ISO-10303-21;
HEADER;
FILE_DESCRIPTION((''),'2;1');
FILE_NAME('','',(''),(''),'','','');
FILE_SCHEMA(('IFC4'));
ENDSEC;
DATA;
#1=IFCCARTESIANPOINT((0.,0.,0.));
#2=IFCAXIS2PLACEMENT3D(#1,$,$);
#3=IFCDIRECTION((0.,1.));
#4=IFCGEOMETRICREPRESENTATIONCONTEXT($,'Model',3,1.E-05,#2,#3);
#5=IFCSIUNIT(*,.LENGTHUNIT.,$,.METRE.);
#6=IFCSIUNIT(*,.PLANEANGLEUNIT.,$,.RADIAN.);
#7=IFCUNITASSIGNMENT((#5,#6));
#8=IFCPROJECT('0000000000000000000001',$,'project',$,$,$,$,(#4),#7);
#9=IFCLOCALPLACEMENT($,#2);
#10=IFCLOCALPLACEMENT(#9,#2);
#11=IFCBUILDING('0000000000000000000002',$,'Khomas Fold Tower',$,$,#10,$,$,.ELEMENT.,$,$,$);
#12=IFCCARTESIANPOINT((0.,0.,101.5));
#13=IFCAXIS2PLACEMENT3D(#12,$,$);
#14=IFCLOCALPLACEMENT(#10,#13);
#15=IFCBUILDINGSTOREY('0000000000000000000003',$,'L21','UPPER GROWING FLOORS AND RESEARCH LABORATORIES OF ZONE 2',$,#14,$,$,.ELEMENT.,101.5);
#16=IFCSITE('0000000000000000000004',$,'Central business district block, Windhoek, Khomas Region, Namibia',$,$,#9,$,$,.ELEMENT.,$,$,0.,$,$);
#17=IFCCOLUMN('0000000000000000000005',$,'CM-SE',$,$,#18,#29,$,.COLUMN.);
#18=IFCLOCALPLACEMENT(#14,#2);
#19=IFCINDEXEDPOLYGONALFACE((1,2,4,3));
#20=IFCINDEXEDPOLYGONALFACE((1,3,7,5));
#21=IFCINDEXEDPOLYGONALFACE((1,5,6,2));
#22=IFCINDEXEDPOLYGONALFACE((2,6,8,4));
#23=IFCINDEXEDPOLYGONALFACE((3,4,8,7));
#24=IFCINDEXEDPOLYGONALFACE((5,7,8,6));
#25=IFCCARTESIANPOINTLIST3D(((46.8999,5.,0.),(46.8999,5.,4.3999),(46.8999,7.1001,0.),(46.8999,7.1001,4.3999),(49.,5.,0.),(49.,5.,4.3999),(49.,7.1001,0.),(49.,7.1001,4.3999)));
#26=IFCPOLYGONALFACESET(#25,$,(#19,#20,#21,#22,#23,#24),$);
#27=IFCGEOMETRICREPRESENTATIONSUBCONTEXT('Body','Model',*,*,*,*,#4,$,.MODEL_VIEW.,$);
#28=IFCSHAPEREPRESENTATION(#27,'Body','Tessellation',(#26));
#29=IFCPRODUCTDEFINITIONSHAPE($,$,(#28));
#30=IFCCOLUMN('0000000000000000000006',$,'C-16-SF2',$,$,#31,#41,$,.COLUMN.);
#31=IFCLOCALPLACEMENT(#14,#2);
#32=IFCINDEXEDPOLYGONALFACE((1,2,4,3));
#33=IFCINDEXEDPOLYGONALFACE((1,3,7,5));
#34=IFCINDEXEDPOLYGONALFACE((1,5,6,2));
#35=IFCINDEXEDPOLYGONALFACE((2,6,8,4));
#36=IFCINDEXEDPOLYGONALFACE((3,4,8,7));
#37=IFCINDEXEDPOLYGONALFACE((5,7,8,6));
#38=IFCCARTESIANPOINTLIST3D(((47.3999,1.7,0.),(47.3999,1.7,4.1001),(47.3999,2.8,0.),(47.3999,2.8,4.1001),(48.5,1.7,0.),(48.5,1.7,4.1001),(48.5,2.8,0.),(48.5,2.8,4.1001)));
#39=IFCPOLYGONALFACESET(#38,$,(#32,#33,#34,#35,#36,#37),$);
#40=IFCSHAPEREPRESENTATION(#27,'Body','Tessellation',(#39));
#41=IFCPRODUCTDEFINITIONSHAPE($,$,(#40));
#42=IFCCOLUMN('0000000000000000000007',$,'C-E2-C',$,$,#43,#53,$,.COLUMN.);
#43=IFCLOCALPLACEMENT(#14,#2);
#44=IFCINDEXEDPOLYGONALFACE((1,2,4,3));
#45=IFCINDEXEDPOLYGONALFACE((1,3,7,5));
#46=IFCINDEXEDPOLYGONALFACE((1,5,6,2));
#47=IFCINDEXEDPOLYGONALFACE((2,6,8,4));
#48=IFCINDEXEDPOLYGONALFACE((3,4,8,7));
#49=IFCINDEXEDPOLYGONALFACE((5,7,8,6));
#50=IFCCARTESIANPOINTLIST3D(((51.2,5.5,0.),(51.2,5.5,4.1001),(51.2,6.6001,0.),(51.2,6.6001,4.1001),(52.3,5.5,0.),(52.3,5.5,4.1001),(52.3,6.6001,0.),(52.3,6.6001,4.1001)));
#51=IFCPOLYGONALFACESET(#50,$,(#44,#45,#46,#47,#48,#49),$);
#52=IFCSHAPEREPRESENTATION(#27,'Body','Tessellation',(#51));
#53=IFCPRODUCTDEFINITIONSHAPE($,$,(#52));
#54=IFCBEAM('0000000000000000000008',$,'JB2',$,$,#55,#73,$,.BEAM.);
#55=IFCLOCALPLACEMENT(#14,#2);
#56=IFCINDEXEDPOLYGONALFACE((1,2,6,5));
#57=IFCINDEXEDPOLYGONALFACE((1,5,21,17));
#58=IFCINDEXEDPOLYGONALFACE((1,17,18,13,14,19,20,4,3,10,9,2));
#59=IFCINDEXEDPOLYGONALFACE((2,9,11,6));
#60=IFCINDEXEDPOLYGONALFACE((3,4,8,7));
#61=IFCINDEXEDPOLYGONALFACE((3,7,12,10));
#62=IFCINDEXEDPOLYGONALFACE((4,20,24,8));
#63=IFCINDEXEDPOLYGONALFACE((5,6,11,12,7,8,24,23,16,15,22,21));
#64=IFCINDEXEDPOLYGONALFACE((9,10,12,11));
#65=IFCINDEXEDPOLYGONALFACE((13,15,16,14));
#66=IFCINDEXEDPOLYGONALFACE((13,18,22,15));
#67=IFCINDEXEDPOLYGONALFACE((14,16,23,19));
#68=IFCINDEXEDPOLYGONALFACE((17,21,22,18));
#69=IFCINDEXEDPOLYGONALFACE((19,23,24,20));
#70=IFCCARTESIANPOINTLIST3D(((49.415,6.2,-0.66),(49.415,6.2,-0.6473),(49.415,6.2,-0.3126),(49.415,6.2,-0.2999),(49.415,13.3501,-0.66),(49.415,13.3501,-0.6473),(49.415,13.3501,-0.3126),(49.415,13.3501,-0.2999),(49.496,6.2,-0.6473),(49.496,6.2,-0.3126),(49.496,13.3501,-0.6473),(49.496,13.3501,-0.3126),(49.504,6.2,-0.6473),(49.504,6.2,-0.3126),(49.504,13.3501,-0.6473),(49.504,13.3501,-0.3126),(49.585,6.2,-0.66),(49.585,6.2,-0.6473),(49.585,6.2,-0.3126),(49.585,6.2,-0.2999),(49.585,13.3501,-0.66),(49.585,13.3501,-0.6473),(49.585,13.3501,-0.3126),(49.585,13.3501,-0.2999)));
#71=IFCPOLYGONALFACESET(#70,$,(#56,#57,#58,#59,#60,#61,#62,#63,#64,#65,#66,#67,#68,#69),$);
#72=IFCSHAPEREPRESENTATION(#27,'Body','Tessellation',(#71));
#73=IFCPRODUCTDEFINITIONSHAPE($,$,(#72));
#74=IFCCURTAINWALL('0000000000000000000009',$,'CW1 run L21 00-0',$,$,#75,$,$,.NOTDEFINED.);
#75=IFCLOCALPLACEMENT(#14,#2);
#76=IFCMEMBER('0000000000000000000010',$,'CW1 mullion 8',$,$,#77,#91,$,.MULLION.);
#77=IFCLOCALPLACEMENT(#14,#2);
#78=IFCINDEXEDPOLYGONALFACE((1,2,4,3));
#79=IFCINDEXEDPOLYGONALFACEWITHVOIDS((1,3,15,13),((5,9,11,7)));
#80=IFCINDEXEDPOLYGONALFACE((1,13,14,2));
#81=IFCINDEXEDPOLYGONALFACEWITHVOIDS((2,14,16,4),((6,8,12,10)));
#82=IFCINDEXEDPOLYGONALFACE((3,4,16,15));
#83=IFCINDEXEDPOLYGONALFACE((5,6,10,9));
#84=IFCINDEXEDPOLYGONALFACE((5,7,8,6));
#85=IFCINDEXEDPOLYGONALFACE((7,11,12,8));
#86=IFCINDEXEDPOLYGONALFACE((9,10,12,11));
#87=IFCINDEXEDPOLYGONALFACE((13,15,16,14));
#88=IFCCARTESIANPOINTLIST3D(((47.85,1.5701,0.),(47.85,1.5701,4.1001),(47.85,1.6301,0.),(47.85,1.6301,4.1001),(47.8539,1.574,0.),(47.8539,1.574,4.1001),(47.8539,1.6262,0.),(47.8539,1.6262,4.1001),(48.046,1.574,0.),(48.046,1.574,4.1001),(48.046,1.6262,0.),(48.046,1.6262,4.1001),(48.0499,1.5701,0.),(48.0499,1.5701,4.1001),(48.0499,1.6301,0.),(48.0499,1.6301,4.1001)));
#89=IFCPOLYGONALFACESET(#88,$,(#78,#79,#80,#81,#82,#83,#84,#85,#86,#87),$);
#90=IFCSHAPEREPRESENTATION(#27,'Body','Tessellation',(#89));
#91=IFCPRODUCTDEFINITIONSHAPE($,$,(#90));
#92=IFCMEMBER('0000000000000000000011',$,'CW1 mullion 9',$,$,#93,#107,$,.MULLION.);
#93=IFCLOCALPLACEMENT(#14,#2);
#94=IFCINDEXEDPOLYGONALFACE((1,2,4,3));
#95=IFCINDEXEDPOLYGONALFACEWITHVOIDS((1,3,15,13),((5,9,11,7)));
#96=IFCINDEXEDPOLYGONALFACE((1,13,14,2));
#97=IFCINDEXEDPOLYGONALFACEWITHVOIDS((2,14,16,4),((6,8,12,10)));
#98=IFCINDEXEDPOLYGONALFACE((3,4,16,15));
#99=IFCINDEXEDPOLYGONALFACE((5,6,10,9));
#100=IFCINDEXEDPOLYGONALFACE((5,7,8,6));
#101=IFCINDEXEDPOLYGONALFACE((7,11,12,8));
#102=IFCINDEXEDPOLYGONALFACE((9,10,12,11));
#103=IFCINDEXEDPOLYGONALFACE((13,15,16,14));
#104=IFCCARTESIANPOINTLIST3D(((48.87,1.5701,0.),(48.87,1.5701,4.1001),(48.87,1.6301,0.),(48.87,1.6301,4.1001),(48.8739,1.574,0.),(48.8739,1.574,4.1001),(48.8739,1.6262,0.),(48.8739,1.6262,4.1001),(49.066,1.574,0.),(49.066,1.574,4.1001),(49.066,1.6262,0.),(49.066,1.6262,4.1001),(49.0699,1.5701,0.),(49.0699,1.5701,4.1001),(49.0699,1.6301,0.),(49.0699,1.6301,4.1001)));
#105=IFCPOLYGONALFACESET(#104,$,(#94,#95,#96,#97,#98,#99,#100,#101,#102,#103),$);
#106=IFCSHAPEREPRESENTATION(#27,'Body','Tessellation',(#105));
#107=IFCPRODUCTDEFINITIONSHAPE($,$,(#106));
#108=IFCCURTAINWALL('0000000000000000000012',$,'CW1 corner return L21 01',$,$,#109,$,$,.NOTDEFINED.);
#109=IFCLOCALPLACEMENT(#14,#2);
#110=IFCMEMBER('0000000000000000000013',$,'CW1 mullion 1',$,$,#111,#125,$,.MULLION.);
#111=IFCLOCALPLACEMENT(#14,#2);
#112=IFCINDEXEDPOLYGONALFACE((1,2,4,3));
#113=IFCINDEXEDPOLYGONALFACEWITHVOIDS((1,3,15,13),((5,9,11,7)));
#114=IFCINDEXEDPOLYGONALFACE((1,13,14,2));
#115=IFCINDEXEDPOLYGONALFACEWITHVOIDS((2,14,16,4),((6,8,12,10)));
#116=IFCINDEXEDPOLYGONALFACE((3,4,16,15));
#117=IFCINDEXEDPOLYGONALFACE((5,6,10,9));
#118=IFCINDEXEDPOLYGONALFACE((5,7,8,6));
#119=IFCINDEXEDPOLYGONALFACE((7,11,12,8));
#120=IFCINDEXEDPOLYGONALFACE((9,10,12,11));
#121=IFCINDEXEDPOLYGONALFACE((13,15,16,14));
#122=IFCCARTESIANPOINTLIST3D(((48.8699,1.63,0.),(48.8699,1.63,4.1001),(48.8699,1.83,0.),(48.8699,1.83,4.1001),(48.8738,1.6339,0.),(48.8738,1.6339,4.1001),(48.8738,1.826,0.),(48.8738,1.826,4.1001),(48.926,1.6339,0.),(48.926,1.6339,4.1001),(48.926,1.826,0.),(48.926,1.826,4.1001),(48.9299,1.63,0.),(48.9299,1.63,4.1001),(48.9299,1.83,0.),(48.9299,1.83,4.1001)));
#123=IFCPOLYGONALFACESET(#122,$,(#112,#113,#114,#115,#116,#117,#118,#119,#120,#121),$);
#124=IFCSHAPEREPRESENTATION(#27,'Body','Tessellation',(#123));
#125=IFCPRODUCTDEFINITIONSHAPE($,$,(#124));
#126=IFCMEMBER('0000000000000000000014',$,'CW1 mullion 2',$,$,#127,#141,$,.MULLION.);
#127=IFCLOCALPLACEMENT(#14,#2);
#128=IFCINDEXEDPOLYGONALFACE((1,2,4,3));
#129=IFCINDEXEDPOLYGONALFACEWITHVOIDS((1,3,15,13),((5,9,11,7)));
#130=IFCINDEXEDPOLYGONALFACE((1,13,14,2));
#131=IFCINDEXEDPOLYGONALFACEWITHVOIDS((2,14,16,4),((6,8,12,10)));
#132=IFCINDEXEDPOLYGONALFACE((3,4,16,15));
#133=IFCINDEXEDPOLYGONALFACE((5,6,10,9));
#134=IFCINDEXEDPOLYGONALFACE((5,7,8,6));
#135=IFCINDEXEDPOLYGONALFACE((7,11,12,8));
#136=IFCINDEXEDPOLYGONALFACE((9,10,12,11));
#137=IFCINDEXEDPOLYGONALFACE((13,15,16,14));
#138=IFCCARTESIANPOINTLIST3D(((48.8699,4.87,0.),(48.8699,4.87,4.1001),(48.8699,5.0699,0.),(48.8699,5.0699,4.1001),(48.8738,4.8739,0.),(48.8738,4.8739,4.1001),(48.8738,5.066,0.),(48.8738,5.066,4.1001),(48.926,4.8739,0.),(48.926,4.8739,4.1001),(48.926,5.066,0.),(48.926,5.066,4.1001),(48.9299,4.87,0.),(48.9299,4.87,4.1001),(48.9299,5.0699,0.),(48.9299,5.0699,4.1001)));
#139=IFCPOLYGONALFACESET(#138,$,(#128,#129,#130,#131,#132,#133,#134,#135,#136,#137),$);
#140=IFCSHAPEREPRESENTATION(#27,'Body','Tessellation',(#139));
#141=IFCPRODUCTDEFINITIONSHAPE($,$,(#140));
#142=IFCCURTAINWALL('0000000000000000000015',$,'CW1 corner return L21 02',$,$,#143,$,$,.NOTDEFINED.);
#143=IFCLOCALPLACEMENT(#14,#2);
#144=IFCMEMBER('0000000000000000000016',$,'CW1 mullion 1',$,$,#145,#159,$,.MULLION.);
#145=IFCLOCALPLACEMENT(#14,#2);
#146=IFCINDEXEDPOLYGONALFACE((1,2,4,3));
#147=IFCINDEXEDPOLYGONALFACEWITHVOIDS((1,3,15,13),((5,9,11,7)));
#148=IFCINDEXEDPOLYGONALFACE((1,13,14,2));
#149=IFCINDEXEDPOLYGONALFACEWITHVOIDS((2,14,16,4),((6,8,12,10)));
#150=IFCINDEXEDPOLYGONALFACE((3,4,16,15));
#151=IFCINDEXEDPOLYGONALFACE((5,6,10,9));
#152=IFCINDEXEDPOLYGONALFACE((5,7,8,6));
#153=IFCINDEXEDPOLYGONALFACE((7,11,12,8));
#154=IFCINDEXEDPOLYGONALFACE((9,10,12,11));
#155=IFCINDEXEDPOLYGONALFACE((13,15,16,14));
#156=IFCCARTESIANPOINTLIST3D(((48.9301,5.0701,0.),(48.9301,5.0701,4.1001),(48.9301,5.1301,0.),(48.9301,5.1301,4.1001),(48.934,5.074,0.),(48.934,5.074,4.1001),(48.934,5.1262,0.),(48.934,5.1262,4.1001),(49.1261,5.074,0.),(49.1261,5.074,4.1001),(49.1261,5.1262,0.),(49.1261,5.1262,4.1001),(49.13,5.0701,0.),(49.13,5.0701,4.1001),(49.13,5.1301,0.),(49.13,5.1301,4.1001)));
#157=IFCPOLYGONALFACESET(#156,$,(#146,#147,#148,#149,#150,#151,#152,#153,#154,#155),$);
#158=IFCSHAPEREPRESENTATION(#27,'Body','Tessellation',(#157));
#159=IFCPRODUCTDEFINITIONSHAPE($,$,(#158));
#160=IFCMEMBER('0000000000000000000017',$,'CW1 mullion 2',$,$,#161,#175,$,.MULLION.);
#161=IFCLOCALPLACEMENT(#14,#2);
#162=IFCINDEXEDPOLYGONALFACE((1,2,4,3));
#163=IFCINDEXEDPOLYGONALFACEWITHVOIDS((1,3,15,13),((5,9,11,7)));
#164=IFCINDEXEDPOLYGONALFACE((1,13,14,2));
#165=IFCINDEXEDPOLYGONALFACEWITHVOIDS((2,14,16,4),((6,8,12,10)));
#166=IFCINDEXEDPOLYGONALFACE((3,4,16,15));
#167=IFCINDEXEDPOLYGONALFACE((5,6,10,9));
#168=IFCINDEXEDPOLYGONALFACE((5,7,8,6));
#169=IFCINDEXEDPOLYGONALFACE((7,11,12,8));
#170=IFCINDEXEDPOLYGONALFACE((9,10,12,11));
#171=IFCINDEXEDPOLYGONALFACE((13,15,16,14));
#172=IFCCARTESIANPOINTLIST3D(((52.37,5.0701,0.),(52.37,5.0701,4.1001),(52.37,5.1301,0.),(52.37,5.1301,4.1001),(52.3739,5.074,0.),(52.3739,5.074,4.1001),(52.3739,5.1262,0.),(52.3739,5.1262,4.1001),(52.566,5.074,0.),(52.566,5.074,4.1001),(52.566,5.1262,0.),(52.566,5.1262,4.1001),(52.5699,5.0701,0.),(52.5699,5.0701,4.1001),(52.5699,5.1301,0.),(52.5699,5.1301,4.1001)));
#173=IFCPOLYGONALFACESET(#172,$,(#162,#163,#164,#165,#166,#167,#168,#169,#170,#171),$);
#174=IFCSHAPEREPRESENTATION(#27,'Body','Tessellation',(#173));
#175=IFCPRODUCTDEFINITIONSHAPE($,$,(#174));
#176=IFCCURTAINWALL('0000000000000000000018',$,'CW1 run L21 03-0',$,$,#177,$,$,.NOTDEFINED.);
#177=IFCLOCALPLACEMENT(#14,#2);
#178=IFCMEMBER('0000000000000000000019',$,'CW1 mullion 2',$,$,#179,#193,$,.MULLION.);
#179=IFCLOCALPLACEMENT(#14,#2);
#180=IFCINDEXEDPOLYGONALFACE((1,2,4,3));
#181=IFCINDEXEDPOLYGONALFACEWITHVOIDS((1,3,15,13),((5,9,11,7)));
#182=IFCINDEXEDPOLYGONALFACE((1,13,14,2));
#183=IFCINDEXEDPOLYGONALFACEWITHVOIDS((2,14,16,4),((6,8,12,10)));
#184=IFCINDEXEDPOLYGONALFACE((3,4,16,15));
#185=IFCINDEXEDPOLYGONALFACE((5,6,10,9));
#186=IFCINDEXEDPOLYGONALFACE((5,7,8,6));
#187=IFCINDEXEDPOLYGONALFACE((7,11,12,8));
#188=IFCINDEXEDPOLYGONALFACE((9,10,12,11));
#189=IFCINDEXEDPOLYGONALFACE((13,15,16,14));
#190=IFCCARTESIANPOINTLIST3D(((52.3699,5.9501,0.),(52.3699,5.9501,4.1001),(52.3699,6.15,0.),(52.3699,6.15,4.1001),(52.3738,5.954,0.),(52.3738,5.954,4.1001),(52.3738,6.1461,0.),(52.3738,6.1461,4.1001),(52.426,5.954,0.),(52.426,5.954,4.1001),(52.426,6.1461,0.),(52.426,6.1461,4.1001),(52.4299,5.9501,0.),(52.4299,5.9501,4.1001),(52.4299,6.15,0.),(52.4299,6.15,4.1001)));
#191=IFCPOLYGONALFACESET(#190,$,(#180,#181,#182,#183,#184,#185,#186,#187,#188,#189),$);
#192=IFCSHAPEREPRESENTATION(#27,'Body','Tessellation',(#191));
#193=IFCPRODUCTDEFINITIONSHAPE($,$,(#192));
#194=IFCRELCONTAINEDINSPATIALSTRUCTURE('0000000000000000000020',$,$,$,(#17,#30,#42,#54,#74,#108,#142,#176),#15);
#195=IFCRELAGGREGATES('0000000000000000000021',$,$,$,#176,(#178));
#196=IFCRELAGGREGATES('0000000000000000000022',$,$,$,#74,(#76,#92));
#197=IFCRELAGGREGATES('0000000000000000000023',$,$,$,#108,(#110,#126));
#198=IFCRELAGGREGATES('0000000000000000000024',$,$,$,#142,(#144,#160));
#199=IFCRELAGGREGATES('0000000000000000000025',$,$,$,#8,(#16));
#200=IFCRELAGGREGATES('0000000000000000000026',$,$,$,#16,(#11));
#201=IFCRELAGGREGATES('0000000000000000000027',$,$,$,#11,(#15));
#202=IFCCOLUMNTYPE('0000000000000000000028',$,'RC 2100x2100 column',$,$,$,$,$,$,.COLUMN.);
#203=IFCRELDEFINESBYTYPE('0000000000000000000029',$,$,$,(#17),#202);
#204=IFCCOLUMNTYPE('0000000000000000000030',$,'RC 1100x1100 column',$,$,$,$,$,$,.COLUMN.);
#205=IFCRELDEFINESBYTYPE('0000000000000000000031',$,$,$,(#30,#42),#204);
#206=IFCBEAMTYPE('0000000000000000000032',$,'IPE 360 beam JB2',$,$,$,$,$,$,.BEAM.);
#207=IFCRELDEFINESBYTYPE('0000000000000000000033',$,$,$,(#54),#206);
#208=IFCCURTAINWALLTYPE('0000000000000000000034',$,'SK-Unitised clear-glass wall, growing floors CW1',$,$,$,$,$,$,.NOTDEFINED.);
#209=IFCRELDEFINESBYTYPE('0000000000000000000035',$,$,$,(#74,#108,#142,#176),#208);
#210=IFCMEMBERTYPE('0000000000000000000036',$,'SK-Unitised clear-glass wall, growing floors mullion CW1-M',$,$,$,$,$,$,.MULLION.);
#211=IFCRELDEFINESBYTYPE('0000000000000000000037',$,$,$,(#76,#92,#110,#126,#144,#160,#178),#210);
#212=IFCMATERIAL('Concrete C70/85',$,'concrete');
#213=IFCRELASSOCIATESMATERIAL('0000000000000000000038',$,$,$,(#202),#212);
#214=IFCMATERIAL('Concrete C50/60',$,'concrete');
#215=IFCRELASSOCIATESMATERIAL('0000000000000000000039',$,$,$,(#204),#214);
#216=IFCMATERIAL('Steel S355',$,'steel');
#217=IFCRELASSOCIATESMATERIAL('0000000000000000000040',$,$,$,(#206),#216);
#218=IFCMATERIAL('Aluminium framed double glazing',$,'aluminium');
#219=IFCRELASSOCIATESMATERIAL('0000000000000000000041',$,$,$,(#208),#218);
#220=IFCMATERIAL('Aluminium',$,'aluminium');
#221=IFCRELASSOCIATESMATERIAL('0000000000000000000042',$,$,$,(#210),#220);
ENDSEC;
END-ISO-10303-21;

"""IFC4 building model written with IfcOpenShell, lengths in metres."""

from ifc_helpers import new_model, si_unit, direction, frame, origin, origin_2d, place, context, subcontext, project, spatial, rectangle, hollow_rectangle, i_section, extrude, source, transform, mapped, material, material_profile, profile_set, type_object, element, aggregate, save


model = new_model("IFC4")

# Units and contexts
model_context = context("Model", 3, precision=1e-05, world=origin(), true_north=direction((0.0, 1.0)))
body_context = subcontext(model_context, "Body", "Model", "MODEL_VIEW")
ifc_project = project(units=[si_unit("LENGTHUNIT", "METRE"), si_unit("PLANEANGLEUNIT", "RADIAN")], contexts=[model_context])

# Site, building, storey
site_placement = place(None, origin())
site = spatial("IfcSite", under=ifc_project, at=site_placement, Name="Central business district block, Windhoek, Khomas Region, Namibia", CompositionType="ELEMENT", RefElevation=0.0)
building_placement = place(site_placement, origin())
building = spatial("IfcBuilding", under=site, at=building_placement, Name="Khomas Fold Tower", CompositionType="ELEMENT")
storey_placement = place(building_placement, frame((0.0, 0.0, 101.5)))
storey = spatial("IfcBuildingStorey", under=building, at=storey_placement, Name="L21", Description="UPPER GROWING FLOORS AND RESEARCH LABORATORIES OF ZONE 2", CompositionType="ELEMENT", Elevation=101.5)

# Columns
ifc_material_1 = material(Name="Concrete C70/85", Category="concrete")
ifc_material_profile_1 = material_profile(ifc_material_1, rectangle(XDim=2.1001, YDim=2.1001, at=origin_2d()), Name="RC 2100x2100")
ifc_profile_set_1 = profile_set([ifc_material_profile_1], Name="Concrete C70/85")
column_type_1 = type_object("IfcColumnType", Name="RC 2100x2100 column", PredefinedType="COLUMN", material=ifc_profile_set_1)
shared_shape_1 = source(origin(), body_context, "Body", "SweptSolid", [
    extrude(rectangle(XDim=2.1001, YDim=2.1001, at=origin_2d()), origin(), (0.0, 0.0, 1.0), 4.3999),
])
column_placement = place(storey_placement, frame((47.95, 6.05, 0.0), z_axis=(0.0, 0.0, 1.0), x_axis=(1.0, 0.0, 0.0)))
element("IfcColumn", 1, at=column_placement, inside=storey, type_object=column_type_1, Name="CM-SE", PredefinedType="COLUMN", context=body_context, shape_type="MappedRepresentation", body=[
    mapped(shared_shape_1, transform((0.0, 0.0, 0.0))),
])
ifc_material_2 = material(Name="Concrete C50/60", Category="concrete")
ifc_material_profile_2 = material_profile(ifc_material_2, rectangle(XDim=1.1001, YDim=1.1001, at=origin_2d()), Name="RC 1100x1100")
ifc_profile_set_2 = profile_set([ifc_material_profile_2], Name="Concrete C50/60")
column_type_2 = type_object("IfcColumnType", Name="RC 1100x1100 column", PredefinedType="COLUMN", material=ifc_profile_set_2)
shared_shape_2 = source(origin(), body_context, "Body", "SweptSolid", [
    extrude(rectangle(XDim=1.1001, YDim=1.1001, at=origin_2d()), origin(), (0.0, 0.0, 1.0), 4.1001),
])
for number, where, z_axis, x_axis, name in (
    (2, (47.95, 2.25, 0.0), (0.0, 0.0, 1.0), (1.0, 0.0, 0.0), "C-16-SF2"),
    (3, (51.75, 6.05, 0.0), (0.0, 0.0, 1.0), (1.0, 0.0, 0.0), "C-E2-C"),
):
    element("IfcColumn", number, at=place(storey_placement, frame(where, z_axis=z_axis, x_axis=x_axis)), inside=storey, type_object=column_type_2, Name=name, PredefinedType="COLUMN", context=body_context, shape_type="MappedRepresentation", body=[
        mapped(shared_shape_2, transform((0.0, 0.0, 0.0))),
    ])

# Beam
ifc_material_3 = material(Name="Steel S355", Category="steel")
ifc_material_profile_3 = material_profile(ifc_material_3, i_section(OverallWidth=0.1699, OverallDepth=0.3601, WebThickness=0.0081, FlangeThickness=0.0127, at=origin_2d()), Name="IPE 360")
ifc_profile_set_3 = profile_set([ifc_material_profile_3], Name="Steel S355")
beam_type = type_object("IfcBeamType", Name="IPE 360 beam JB2", PredefinedType="BEAM", material=ifc_profile_set_3)
shared_shape_3 = source(origin(), body_context, "Body", "SweptSolid", [
    extrude(i_section(OverallWidth=0.1699, OverallDepth=0.3601, WebThickness=0.0081, FlangeThickness=0.0127, at=origin_2d()), origin(), (0.0, 0.0, 1.0), 7.1501),
])
beam_placement = place(storey_placement, frame((49.5, 6.2, -0.48), z_axis=(0.0, 1.0, 0.0), x_axis=(-1.0, 0.0, 0.0)))
element("IfcBeam", 4, at=beam_placement, inside=storey, type_object=beam_type, Name="JB2", PredefinedType="BEAM", context=body_context, shape_type="MappedRepresentation", body=[
    mapped(shared_shape_3, transform((0.0, 0.0, 0.0))),
])

# Curtain walls, members
ifc_material_4 = material(Name="Aluminium framed double glazing", Category="aluminium")
curtain_wall_type = type_object("IfcCurtainWallType", Name="SK-Unitised clear-glass wall, growing floors CW1", PredefinedType="NOTDEFINED", material=ifc_material_4)
curtain_wall_1_placement = place(storey_placement, origin())
curtain_wall_1 = element("IfcCurtainWall", 5, at=curtain_wall_1_placement, inside=storey, type_object=curtain_wall_type, Name="CW1 run L21 00-0", PredefinedType="NOTDEFINED")
ifc_material_5 = material(Name="Aluminium", Category="aluminium")
ifc_material_profile_4 = material_profile(ifc_material_5, hollow_rectangle(XDim=0.0601, YDim=0.2, WallThickness=0.0039, at=origin_2d()), Name="SK-Unitised clear-glass wall, growing floors mullion CW1-M")
ifc_profile_set_4 = profile_set([ifc_material_profile_4], Name="Aluminium")
member_type_1 = type_object("IfcMemberType", Name="SK-Unitised clear-glass wall, growing floors mullion CW1-M", PredefinedType="MULLION", material=ifc_profile_set_4)
shared_shape_4 = source(origin(), body_context, "Body", "SweptSolid", [
    extrude(hollow_rectangle(XDim=0.0601, YDim=0.2, WallThickness=0.0039, at=origin_2d()), origin(), (0.0, 0.0, 1.0), 4.1001),
])
member_1_placement = place(storey_placement, frame((47.95, 1.6001, 0.0), z_axis=(0.0, 0.0, 1.0), x_axis=(0.0, 1.0, 0.0)))
member_1 = element("IfcMember", 6, at=member_1_placement, type_object=member_type_1, Name="CW1 mullion 8", PredefinedType="MULLION", context=body_context, shape_type="MappedRepresentation", body=[
    mapped(shared_shape_4, transform((0.0, 0.0, 0.0))),
])
member_2_placement = place(storey_placement, frame((48.97, 1.6001, 0.0), z_axis=(0.0, 0.0, 1.0), x_axis=(0.0, 1.0, 0.0)))
member_2 = element("IfcMember", 7, at=member_2_placement, type_object=member_type_1, Name="CW1 mullion 9", PredefinedType="MULLION", context=body_context, shape_type="MappedRepresentation", body=[
    mapped(shared_shape_4, transform((0.0, 0.0, 0.0))),
])
curtain_wall_2_placement = place(storey_placement, origin())
curtain_wall_2 = element("IfcCurtainWall", 8, at=curtain_wall_2_placement, inside=storey, type_object=curtain_wall_type, Name="CW1 corner return L21 01", PredefinedType="NOTDEFINED")
member_3_placement = place(storey_placement, frame((48.8999, 1.73, 0.0), z_axis=(0.0, 0.0, 1.0), x_axis=(-1.0, 0.0, 0.0)))
member_3 = element("IfcMember", 9, at=member_3_placement, type_object=member_type_1, Name="CW1 mullion 1", PredefinedType="MULLION", context=body_context, shape_type="MappedRepresentation", body=[
    mapped(shared_shape_4, transform((0.0, 0.0, 0.0))),
])
member_4_placement = place(storey_placement, frame((48.8999, 4.97, 0.0), z_axis=(0.0, 0.0, 1.0), x_axis=(-1.0, 0.0, 0.0)))
member_4 = element("IfcMember", 10, at=member_4_placement, type_object=member_type_1, Name="CW1 mullion 2", PredefinedType="MULLION", context=body_context, shape_type="MappedRepresentation", body=[
    mapped(shared_shape_4, transform((0.0, 0.0, 0.0))),
])
curtain_wall_3_placement = place(storey_placement, origin())
curtain_wall_3 = element("IfcCurtainWall", 11, at=curtain_wall_3_placement, inside=storey, type_object=curtain_wall_type, Name="CW1 corner return L21 02", PredefinedType="NOTDEFINED")
member_5_placement = place(storey_placement, frame((49.03, 5.1001, 0.0), z_axis=(0.0, 0.0, 1.0), x_axis=(0.0, 1.0, 0.0)))
member_5 = element("IfcMember", 12, at=member_5_placement, type_object=member_type_1, Name="CW1 mullion 1", PredefinedType="MULLION", context=body_context, shape_type="MappedRepresentation", body=[
    mapped(shared_shape_4, transform((0.0, 0.0, 0.0))),
])
member_6_placement = place(storey_placement, frame((52.47, 5.1001, 0.0), z_axis=(0.0, 0.0, 1.0), x_axis=(0.0, 1.0, 0.0)))
member_6 = element("IfcMember", 13, at=member_6_placement, type_object=member_type_1, Name="CW1 mullion 2", PredefinedType="MULLION", context=body_context, shape_type="MappedRepresentation", body=[
    mapped(shared_shape_4, transform((0.0, 0.0, 0.0))),
])
curtain_wall_4_placement = place(storey_placement, origin())
curtain_wall_4 = element("IfcCurtainWall", 14, at=curtain_wall_4_placement, inside=storey, type_object=curtain_wall_type, Name="CW1 run L21 03-0", PredefinedType="NOTDEFINED")
member_7_placement = place(storey_placement, frame((52.3999, 6.05, 0.0), z_axis=(0.0, 0.0, 1.0), x_axis=(-1.0, 0.0, 0.0)))
member_7 = element("IfcMember", 15, at=member_7_placement, type_object=member_type_1, Name="CW1 mullion 2", PredefinedType="MULLION", context=body_context, shape_type="MappedRepresentation", body=[
    mapped(shared_shape_4, transform((0.0, 0.0, 0.0))),
])

aggregate(curtain_wall_4, [member_7])
aggregate(curtain_wall_1, [member_1, member_2])
aggregate(curtain_wall_2, [member_3, member_4])
aggregate(curtain_wall_3, [member_5, member_6])

save(model, "model.ifc")
